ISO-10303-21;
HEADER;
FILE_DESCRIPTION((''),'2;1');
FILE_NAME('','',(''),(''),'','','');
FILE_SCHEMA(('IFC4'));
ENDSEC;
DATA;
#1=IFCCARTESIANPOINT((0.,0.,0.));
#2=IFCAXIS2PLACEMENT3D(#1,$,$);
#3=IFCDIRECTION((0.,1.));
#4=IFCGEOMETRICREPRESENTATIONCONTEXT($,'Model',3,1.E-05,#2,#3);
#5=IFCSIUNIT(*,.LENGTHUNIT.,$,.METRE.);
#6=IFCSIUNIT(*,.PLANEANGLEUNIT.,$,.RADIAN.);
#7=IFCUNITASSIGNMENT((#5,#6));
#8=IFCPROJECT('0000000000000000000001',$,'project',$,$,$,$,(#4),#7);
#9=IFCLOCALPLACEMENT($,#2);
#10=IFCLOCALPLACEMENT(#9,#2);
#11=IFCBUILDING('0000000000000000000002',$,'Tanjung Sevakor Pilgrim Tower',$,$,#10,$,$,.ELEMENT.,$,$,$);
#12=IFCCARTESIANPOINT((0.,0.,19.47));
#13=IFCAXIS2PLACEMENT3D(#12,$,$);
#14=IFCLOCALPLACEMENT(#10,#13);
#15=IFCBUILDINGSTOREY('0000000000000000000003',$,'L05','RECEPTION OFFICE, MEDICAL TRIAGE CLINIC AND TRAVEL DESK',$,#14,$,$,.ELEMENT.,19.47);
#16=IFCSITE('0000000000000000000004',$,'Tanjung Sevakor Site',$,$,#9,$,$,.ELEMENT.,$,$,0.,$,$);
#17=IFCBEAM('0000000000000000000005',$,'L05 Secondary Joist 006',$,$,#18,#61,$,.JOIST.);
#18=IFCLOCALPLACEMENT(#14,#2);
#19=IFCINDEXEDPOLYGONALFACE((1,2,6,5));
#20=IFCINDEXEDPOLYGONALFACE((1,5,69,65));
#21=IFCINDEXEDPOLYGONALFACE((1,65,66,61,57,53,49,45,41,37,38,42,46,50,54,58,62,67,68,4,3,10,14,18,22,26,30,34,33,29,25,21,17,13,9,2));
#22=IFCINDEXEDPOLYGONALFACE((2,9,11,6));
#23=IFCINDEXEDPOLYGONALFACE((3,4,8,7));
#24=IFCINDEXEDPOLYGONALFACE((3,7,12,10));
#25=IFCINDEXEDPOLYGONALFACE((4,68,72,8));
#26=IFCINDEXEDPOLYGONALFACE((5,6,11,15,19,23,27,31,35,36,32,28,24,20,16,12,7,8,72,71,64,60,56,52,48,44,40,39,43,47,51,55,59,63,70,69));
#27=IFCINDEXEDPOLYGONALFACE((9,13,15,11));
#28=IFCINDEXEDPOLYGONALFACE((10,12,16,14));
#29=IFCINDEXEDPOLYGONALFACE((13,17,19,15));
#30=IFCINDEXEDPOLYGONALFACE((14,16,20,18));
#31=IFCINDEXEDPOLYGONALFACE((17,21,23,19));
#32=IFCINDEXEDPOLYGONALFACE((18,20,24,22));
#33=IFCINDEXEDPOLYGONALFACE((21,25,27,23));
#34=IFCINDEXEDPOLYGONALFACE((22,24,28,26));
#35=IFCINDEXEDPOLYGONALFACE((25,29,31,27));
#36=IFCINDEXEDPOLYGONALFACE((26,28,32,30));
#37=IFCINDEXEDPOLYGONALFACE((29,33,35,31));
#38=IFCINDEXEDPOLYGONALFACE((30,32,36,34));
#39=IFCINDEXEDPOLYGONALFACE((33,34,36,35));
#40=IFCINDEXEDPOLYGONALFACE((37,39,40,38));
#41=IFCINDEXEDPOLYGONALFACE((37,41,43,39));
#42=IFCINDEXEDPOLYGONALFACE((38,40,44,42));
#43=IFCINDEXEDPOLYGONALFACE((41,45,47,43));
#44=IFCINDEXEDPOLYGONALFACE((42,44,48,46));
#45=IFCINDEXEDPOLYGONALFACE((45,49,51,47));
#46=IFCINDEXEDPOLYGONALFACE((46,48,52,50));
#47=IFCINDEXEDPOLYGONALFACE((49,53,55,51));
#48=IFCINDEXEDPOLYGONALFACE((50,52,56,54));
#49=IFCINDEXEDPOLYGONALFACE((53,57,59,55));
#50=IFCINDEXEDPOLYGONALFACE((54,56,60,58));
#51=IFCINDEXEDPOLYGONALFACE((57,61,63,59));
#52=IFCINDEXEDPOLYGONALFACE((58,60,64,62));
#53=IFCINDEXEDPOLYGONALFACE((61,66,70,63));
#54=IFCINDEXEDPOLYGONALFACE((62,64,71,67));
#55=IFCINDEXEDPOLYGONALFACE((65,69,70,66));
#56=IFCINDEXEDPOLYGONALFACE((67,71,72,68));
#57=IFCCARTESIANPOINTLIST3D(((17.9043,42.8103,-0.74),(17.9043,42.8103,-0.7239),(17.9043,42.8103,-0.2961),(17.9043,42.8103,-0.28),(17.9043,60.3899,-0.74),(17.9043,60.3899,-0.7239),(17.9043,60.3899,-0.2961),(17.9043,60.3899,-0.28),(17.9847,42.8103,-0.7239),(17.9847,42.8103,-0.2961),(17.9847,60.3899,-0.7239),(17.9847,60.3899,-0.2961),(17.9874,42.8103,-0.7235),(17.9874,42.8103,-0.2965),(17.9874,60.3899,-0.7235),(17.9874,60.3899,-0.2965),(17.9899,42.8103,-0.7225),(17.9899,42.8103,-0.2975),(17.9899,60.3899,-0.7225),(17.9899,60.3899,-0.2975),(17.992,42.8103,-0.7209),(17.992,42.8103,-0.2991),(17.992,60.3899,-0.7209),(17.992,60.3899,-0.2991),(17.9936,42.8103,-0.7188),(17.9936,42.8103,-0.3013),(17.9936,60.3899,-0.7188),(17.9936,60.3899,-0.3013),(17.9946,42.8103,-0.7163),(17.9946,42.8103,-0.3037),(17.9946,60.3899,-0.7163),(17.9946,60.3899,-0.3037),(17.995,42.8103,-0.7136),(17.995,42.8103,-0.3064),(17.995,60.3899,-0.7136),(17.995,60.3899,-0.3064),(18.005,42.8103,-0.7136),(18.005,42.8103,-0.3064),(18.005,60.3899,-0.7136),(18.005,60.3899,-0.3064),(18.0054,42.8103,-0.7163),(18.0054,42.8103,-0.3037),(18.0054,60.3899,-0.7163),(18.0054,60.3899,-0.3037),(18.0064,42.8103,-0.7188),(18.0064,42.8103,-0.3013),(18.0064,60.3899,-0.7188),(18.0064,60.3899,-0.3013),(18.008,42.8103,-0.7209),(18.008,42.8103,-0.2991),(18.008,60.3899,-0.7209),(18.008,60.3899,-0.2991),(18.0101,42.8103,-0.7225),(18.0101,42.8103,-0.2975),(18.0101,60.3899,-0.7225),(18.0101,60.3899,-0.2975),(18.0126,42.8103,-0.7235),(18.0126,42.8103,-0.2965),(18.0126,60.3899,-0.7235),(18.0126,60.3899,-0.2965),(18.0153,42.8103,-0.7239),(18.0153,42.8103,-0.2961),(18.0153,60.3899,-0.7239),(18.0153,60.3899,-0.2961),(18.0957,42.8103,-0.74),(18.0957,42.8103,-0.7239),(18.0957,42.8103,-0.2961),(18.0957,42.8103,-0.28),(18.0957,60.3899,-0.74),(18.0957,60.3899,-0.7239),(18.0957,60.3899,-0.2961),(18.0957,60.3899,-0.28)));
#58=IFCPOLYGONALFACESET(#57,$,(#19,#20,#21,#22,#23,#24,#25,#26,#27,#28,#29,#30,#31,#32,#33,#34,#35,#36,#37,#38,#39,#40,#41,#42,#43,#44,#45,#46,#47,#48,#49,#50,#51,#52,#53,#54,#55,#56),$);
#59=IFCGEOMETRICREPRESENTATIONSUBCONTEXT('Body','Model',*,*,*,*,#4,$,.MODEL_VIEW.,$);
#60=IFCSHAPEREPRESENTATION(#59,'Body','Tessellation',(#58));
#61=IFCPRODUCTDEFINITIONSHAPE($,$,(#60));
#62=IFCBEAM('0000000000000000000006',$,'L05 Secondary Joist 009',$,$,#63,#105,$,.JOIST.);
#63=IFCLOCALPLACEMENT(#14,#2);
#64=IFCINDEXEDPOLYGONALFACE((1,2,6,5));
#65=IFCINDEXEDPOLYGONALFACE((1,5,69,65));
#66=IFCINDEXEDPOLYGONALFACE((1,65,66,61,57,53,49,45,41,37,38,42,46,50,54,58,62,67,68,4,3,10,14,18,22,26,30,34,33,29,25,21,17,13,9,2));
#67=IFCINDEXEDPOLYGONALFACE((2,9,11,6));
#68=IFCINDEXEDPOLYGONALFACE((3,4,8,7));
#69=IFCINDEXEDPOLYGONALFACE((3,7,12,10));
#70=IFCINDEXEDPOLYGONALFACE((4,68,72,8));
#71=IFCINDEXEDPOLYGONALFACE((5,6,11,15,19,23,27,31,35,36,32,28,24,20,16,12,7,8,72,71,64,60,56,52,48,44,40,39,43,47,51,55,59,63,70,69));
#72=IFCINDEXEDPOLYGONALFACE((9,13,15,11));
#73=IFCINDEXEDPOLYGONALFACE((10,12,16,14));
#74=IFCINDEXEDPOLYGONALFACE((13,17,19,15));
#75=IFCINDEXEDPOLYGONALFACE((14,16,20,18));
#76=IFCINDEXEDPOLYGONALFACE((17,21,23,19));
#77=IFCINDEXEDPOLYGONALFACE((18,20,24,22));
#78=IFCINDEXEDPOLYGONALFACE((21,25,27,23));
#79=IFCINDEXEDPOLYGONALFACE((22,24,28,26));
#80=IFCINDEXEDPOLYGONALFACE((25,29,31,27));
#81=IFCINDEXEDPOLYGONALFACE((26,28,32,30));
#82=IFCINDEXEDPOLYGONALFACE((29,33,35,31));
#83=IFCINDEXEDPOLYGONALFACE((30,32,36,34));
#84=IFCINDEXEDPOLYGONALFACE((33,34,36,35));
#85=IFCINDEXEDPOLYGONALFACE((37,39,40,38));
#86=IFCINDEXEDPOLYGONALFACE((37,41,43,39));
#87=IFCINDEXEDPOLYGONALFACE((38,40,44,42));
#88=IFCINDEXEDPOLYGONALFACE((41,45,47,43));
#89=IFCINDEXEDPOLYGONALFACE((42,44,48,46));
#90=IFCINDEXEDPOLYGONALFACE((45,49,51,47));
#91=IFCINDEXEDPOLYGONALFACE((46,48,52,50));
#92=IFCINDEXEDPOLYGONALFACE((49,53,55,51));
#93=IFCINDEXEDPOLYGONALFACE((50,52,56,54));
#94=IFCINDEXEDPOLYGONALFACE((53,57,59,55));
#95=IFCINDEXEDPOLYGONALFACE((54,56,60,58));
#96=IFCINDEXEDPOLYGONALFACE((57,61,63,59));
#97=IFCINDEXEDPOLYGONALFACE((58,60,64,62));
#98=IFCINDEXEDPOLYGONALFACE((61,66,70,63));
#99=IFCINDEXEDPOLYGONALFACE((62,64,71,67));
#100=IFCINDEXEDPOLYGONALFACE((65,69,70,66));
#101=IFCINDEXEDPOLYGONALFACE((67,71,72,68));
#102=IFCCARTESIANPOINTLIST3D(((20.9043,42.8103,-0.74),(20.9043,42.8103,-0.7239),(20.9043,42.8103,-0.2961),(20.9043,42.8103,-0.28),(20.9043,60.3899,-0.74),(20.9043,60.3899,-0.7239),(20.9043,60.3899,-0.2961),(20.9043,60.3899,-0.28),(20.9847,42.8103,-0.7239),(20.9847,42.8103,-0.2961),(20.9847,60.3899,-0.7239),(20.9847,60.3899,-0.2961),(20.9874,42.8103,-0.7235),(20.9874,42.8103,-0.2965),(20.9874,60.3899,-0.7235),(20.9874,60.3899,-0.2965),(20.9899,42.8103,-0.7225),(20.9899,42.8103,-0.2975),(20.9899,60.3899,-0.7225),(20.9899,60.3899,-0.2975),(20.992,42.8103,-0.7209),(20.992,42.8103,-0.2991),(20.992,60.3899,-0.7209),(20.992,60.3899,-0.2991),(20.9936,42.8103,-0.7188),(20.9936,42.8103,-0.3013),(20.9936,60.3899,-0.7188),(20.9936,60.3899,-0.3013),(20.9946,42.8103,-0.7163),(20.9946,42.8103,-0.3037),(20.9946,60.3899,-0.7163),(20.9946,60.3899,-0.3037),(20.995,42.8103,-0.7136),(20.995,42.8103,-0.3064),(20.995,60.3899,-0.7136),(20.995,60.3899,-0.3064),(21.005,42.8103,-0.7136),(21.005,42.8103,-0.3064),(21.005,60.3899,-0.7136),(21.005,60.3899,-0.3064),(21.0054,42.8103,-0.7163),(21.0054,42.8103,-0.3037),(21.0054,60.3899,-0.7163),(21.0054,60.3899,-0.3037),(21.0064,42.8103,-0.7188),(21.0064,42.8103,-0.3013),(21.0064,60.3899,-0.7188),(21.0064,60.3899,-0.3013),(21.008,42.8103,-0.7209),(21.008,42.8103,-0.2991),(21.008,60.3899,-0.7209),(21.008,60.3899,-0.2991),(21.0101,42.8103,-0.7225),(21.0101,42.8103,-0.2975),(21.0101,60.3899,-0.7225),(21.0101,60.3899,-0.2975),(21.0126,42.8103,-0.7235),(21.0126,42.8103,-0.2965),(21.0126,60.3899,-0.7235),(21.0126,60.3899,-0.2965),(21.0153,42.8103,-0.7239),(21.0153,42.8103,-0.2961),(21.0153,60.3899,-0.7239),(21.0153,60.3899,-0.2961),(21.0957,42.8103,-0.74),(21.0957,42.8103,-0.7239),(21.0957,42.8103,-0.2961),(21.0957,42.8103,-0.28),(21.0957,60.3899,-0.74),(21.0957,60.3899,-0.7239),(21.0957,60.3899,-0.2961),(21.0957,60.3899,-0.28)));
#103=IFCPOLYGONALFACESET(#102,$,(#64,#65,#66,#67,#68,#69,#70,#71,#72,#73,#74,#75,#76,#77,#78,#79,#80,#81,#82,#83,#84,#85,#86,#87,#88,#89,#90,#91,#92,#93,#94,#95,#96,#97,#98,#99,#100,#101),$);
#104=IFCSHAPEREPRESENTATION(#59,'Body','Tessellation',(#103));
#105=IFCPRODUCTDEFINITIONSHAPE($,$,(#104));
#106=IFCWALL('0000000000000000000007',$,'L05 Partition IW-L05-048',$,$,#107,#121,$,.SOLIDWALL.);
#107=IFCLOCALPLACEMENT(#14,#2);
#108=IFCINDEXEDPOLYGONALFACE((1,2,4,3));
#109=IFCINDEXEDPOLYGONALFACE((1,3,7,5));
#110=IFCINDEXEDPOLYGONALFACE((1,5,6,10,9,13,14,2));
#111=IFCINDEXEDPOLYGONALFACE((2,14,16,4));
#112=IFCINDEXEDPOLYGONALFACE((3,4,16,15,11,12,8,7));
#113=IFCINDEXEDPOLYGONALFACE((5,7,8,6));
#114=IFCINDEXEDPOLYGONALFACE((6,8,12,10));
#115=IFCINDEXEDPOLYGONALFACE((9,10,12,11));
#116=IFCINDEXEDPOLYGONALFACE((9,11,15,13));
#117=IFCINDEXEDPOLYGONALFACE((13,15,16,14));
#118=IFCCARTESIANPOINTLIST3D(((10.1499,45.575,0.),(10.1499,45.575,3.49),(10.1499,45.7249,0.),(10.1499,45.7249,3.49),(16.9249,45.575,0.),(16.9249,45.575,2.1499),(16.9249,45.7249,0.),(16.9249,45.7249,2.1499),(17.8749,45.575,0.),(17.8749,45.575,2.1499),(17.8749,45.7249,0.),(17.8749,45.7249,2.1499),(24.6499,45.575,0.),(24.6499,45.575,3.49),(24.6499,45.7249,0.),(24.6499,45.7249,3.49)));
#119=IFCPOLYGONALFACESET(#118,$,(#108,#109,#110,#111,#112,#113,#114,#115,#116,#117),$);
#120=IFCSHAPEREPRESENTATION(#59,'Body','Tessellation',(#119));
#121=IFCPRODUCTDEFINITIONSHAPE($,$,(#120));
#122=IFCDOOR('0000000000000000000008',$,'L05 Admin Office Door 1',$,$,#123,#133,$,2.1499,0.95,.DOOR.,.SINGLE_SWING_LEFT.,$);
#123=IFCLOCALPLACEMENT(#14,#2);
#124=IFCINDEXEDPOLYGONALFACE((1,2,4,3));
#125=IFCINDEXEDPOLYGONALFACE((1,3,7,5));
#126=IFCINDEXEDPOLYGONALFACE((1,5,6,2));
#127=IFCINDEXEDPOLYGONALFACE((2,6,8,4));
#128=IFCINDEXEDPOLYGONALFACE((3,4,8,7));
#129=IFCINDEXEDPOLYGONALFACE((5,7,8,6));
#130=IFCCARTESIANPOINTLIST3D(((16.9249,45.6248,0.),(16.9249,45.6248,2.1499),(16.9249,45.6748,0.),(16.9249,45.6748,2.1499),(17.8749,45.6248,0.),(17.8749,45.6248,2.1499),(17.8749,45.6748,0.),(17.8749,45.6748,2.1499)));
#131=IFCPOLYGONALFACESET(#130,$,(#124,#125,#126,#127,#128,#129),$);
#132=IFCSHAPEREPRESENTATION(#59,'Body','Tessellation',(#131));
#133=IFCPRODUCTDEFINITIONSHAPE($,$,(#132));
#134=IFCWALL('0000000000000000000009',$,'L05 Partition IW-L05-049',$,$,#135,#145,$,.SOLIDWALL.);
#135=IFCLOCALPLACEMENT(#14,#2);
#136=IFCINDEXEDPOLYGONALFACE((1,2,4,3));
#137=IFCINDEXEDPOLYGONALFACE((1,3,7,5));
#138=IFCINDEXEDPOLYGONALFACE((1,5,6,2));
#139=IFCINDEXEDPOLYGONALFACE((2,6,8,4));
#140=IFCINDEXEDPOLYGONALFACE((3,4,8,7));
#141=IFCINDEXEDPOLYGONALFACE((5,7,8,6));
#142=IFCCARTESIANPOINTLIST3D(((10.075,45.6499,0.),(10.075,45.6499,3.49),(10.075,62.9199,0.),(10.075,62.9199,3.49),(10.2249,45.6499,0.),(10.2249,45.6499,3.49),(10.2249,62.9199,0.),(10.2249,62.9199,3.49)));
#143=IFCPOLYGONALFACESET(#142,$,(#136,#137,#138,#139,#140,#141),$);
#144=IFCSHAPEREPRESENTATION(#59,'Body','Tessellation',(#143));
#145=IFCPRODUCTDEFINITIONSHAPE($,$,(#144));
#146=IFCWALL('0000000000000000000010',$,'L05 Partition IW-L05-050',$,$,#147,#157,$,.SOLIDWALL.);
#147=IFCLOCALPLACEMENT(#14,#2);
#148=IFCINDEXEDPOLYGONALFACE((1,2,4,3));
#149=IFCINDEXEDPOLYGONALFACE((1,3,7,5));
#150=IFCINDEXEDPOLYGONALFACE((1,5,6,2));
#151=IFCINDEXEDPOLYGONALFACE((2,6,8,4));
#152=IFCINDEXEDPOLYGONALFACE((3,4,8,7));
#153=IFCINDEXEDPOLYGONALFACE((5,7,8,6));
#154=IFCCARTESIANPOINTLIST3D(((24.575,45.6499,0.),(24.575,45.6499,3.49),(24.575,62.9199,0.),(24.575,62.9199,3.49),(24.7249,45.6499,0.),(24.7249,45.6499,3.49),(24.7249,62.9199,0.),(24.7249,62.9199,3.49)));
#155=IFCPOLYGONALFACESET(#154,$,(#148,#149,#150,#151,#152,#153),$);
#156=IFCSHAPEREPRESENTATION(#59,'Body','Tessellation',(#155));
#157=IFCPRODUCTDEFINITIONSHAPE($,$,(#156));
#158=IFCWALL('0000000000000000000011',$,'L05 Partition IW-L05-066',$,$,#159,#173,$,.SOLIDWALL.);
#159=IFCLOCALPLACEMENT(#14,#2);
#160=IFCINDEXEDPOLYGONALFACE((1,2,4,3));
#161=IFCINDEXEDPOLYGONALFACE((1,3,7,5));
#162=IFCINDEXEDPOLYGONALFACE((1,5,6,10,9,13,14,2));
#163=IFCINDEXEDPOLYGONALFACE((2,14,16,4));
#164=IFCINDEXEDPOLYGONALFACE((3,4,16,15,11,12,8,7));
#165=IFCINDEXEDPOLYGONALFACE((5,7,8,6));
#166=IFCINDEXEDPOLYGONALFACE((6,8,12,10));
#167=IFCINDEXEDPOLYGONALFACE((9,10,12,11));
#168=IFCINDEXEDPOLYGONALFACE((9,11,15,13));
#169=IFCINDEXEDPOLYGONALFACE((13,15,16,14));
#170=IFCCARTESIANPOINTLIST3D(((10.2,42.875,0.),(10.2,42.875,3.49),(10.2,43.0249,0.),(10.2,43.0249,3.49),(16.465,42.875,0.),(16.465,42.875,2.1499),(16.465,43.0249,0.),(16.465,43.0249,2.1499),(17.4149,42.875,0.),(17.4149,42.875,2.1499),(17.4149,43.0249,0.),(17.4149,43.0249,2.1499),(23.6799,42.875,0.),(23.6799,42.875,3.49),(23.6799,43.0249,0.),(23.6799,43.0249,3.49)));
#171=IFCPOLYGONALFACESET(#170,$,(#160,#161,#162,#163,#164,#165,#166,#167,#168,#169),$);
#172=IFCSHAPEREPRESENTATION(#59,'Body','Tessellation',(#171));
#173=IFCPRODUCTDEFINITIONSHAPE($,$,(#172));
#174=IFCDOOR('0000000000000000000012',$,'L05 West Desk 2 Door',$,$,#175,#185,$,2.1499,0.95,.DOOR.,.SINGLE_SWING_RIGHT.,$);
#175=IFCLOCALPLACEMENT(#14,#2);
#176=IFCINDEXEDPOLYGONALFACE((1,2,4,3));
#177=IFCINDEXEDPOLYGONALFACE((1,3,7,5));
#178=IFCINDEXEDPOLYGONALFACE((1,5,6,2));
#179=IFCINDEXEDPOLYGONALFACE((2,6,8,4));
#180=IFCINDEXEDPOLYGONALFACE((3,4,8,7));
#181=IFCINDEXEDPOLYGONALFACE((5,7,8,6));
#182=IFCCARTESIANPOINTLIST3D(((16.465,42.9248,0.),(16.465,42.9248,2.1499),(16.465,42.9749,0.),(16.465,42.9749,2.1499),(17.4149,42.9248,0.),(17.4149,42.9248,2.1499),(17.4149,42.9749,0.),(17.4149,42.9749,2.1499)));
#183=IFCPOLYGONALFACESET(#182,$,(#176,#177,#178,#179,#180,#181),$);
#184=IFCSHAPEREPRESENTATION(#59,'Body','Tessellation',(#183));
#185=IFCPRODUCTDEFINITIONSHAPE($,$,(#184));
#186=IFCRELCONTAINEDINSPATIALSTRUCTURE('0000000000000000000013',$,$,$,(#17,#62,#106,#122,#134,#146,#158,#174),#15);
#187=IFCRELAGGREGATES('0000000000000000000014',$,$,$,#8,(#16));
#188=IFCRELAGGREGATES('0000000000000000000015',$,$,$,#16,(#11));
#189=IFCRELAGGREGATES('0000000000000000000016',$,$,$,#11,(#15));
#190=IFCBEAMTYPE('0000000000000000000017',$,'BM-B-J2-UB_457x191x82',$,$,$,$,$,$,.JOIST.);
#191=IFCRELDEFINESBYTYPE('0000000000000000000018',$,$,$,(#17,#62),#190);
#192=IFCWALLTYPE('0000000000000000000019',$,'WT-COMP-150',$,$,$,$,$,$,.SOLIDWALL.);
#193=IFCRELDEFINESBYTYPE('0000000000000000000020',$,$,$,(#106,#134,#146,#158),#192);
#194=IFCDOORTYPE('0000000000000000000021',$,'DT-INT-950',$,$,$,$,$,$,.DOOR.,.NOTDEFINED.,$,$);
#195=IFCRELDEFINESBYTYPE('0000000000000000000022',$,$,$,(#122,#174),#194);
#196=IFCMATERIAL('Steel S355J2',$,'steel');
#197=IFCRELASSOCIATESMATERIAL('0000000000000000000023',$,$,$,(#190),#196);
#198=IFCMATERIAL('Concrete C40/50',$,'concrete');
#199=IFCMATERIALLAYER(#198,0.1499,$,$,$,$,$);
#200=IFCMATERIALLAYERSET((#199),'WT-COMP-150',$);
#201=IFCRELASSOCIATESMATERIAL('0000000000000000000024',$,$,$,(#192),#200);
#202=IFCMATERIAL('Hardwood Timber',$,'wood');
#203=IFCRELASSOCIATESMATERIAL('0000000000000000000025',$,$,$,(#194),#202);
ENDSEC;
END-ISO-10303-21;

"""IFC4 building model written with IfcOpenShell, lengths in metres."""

from ifc_helpers import new_model, si_unit, direction, frame, frame_2d, origin, origin_2d, place, context, subcontext, project, spatial, rectangle, i_section, extrude, material, layer, layer_set, material_profile, profile_set, type_object, element, fill, save


model = new_model("IFC4")

# Units and contexts
model_context = context("Model", 3, precision=1e-05, world=origin(), true_north=direction((0.0, 1.0)))
body_context = subcontext(model_context, "Body", "Model", "MODEL_VIEW")
ifc_project = project(units=[si_unit("LENGTHUNIT", "METRE"), si_unit("PLANEANGLEUNIT", "RADIAN")], contexts=[model_context])

# Site, building, storey
site_placement = place(None, origin())
site = spatial("IfcSite", under=ifc_project, at=site_placement, Name="Tanjung Sevakor Site", CompositionType="ELEMENT", RefElevation=0.0)
building_placement = place(site_placement, origin())
building = spatial("IfcBuilding", under=site, at=building_placement, Name="Tanjung Sevakor Pilgrim Tower", CompositionType="ELEMENT")
storey_placement = place(building_placement, frame((0.0, 0.0, 19.47)))
storey = spatial("IfcBuildingStorey", under=building, at=storey_placement, Name="L05", Description="RECEPTION OFFICE, MEDICAL TRIAGE CLINIC AND TRAVEL DESK", CompositionType="ELEMENT", Elevation=19.47)

# Beams
ifc_material_1 = material(Name="Steel S355J2", Category="steel")
ifc_material_profile_1 = material_profile(ifc_material_1, i_section(OverallWidth=0.1914, OverallDepth=0.46, WebThickness=0.01, FlangeThickness=0.0161, FilletRadius=0.0103, at=origin_2d()))
ifc_profile_set_1 = profile_set([ifc_material_profile_1], Name="Steel S355J2")
beam_type_1 = type_object("IfcBeamType", Name="BM-B-J2-UB_457x191x82", PredefinedType="JOIST", material=ifc_profile_set_1)
for number, where, z_axis, x_axis, name in (
    (1, (18.0, 42.8103, -0.51), (0.0, 1.0, 0.0), (-1.0, 0.0, 0.0), "L05 Secondary Joist 006"),
    (2, (21.0, 42.8103, -0.51), (0.0, 1.0, 0.0), (-1.0, 0.0, 0.0), "L05 Secondary Joist 009"),
):
    element("IfcBeam", number, at=place(storey_placement, frame(where, z_axis=z_axis, x_axis=x_axis)), inside=storey, type_object=beam_type_1, Name=name, PredefinedType="JOIST", context=body_context, shape_type="SweptSolid", body=[
        extrude(i_section(OverallWidth=0.1914, OverallDepth=0.46, WebThickness=0.01, FlangeThickness=0.0161, FilletRadius=0.0103, at=origin_2d()), origin(), (0.0, 0.0, 1.0), 17.5796),
    ])

# Wall, opening, door
ifc_material_2 = material(Name="Concrete C40/50", Category="concrete")
ifc_layer_1 = layer(ifc_material_2, 0.1499)
ifc_layer_set_1 = layer_set([ifc_layer_1], Name="WT-COMP-150")
wall_type_1 = type_object("IfcWallType", Name="WT-COMP-150", PredefinedType="SOLIDWALL", material=ifc_layer_set_1)
wall_1_placement = place(storey_placement, frame((10.1499, 45.6499, 0.0), z_axis=(0.0, 0.0, 1.0), x_axis=(1.0, 0.0, 0.0)))
wall_1 = element("IfcWall", 3, at=wall_1_placement, inside=storey, type_object=wall_type_1, Name="L05 Partition IW-L05-048", PredefinedType="SOLIDWALL", context=body_context, shape_type="SweptSolid", body=[
    extrude(rectangle(XDim=14.5, YDim=0.1499, at=frame_2d((7.25, 0.0))), origin(), (0.0, 0.0, 1.0), 3.49),
])
opening_1_placement = place(wall_1_placement, frame((6.7749, 0.0, 0.0)))
opening_1 = element("IfcOpeningElement", 4, at=opening_1_placement, cuts=wall_1, PredefinedType="OPENING", context=body_context, shape_type="SweptSolid", body=[
    extrude(rectangle(XDim=0.95, YDim=2.1499, at=frame_2d((0.4751, 1.075))), frame((0.0, 0.085, 0.0), z_axis=(0.0, -1.0, 0.0), x_axis=(1.0, 0.0, 0.0)), (0.0, 0.0, 1.0), 0.1699),
])
ifc_material_3 = material(Name="Hardwood Timber", Category="wood")
door_type = type_object("IfcDoorType", Name="DT-INT-950", OperationType="NOTDEFINED", PredefinedType="DOOR", material=ifc_material_3)
door_1_placement = place(opening_1_placement, origin())
door_1 = element("IfcDoor", 5, at=door_1_placement, inside=storey, type_object=door_type, Name="L05 Admin Office Door 1", OperationType="SINGLE_SWING_LEFT", OverallHeight=2.1499, OverallWidth=0.95, PredefinedType="DOOR", context=body_context, shape_type="SweptSolid", body=[
    extrude(rectangle(XDim=0.95, YDim=2.1499, at=frame_2d((0.4751, 1.075))), frame((0.0, 0.0249, 0.0), z_axis=(0.0, -1.0, 0.0), x_axis=(1.0, 0.0, 0.0)), (0.0, 0.0, 1.0), 0.05),
])
fill(opening_1, door_1)

# Walls
for number, where, z_axis, x_axis, name in (
    (6, (10.1499, 45.6499, 0.0), (0.0, 0.0, 1.0), (0.0, 1.0, 0.0), "L05 Partition IW-L05-049"),
    (7, (24.6499, 45.6499, 0.0), (0.0, 0.0, 1.0), (0.0, 1.0, 0.0), "L05 Partition IW-L05-050"),
):
    element("IfcWall", number, at=place(storey_placement, frame(where, z_axis=z_axis, x_axis=x_axis)), inside=storey, type_object=wall_type_1, Name=name, PredefinedType="SOLIDWALL", context=body_context, shape_type="SweptSolid", body=[
        extrude(rectangle(XDim=17.27, YDim=0.1499, at=frame_2d((8.635, 0.0))), origin(), (0.0, 0.0, 1.0), 3.49),
    ])

# Wall, opening, door
wall_2_placement = place(storey_placement, frame((10.2, 42.95, 0.0), z_axis=(0.0, 0.0, 1.0), x_axis=(1.0, 0.0, 0.0)))
wall_2 = element("IfcWall", 8, at=wall_2_placement, inside=storey, type_object=wall_type_1, Name="L05 Partition IW-L05-066", PredefinedType="SOLIDWALL", context=body_context, shape_type="SweptSolid", body=[
    extrude(rectangle(XDim=13.48, YDim=0.1499, at=frame_2d((6.74, 0.0))), origin(), (0.0, 0.0, 1.0), 3.49),
])
opening_2_placement = place(wall_2_placement, frame((6.2649, 0.0, 0.0)))
opening_2 = element("IfcOpeningElement", 9, at=opening_2_placement, cuts=wall_2, PredefinedType="OPENING", context=body_context, shape_type="SweptSolid", body=[
    extrude(rectangle(XDim=0.95, YDim=2.1499, at=frame_2d((0.4751, 1.075))), frame((0.0, 0.085, 0.0), z_axis=(0.0, -1.0, 0.0), x_axis=(1.0, 0.0, 0.0)), (0.0, 0.0, 1.0), 0.1699),
])
door_2_placement = place(opening_2_placement, origin())
door_2 = element("IfcDoor", 10, at=door_2_placement, inside=storey, type_object=door_type, Name="L05 West Desk 2 Door", OperationType="SINGLE_SWING_RIGHT", OverallHeight=2.1499, OverallWidth=0.95, PredefinedType="DOOR", context=body_context, shape_type="SweptSolid", body=[
    extrude(rectangle(XDim=0.95, YDim=2.1499, at=frame_2d((0.4751, 1.075))), frame((0.0, 0.0249, 0.0), z_axis=(0.0, -1.0, 0.0), x_axis=(1.0, 0.0, 0.0)), (0.0, 0.0, 1.0), 0.05),
])
fill(opening_2, door_2)

save(model, "model.ifc")
